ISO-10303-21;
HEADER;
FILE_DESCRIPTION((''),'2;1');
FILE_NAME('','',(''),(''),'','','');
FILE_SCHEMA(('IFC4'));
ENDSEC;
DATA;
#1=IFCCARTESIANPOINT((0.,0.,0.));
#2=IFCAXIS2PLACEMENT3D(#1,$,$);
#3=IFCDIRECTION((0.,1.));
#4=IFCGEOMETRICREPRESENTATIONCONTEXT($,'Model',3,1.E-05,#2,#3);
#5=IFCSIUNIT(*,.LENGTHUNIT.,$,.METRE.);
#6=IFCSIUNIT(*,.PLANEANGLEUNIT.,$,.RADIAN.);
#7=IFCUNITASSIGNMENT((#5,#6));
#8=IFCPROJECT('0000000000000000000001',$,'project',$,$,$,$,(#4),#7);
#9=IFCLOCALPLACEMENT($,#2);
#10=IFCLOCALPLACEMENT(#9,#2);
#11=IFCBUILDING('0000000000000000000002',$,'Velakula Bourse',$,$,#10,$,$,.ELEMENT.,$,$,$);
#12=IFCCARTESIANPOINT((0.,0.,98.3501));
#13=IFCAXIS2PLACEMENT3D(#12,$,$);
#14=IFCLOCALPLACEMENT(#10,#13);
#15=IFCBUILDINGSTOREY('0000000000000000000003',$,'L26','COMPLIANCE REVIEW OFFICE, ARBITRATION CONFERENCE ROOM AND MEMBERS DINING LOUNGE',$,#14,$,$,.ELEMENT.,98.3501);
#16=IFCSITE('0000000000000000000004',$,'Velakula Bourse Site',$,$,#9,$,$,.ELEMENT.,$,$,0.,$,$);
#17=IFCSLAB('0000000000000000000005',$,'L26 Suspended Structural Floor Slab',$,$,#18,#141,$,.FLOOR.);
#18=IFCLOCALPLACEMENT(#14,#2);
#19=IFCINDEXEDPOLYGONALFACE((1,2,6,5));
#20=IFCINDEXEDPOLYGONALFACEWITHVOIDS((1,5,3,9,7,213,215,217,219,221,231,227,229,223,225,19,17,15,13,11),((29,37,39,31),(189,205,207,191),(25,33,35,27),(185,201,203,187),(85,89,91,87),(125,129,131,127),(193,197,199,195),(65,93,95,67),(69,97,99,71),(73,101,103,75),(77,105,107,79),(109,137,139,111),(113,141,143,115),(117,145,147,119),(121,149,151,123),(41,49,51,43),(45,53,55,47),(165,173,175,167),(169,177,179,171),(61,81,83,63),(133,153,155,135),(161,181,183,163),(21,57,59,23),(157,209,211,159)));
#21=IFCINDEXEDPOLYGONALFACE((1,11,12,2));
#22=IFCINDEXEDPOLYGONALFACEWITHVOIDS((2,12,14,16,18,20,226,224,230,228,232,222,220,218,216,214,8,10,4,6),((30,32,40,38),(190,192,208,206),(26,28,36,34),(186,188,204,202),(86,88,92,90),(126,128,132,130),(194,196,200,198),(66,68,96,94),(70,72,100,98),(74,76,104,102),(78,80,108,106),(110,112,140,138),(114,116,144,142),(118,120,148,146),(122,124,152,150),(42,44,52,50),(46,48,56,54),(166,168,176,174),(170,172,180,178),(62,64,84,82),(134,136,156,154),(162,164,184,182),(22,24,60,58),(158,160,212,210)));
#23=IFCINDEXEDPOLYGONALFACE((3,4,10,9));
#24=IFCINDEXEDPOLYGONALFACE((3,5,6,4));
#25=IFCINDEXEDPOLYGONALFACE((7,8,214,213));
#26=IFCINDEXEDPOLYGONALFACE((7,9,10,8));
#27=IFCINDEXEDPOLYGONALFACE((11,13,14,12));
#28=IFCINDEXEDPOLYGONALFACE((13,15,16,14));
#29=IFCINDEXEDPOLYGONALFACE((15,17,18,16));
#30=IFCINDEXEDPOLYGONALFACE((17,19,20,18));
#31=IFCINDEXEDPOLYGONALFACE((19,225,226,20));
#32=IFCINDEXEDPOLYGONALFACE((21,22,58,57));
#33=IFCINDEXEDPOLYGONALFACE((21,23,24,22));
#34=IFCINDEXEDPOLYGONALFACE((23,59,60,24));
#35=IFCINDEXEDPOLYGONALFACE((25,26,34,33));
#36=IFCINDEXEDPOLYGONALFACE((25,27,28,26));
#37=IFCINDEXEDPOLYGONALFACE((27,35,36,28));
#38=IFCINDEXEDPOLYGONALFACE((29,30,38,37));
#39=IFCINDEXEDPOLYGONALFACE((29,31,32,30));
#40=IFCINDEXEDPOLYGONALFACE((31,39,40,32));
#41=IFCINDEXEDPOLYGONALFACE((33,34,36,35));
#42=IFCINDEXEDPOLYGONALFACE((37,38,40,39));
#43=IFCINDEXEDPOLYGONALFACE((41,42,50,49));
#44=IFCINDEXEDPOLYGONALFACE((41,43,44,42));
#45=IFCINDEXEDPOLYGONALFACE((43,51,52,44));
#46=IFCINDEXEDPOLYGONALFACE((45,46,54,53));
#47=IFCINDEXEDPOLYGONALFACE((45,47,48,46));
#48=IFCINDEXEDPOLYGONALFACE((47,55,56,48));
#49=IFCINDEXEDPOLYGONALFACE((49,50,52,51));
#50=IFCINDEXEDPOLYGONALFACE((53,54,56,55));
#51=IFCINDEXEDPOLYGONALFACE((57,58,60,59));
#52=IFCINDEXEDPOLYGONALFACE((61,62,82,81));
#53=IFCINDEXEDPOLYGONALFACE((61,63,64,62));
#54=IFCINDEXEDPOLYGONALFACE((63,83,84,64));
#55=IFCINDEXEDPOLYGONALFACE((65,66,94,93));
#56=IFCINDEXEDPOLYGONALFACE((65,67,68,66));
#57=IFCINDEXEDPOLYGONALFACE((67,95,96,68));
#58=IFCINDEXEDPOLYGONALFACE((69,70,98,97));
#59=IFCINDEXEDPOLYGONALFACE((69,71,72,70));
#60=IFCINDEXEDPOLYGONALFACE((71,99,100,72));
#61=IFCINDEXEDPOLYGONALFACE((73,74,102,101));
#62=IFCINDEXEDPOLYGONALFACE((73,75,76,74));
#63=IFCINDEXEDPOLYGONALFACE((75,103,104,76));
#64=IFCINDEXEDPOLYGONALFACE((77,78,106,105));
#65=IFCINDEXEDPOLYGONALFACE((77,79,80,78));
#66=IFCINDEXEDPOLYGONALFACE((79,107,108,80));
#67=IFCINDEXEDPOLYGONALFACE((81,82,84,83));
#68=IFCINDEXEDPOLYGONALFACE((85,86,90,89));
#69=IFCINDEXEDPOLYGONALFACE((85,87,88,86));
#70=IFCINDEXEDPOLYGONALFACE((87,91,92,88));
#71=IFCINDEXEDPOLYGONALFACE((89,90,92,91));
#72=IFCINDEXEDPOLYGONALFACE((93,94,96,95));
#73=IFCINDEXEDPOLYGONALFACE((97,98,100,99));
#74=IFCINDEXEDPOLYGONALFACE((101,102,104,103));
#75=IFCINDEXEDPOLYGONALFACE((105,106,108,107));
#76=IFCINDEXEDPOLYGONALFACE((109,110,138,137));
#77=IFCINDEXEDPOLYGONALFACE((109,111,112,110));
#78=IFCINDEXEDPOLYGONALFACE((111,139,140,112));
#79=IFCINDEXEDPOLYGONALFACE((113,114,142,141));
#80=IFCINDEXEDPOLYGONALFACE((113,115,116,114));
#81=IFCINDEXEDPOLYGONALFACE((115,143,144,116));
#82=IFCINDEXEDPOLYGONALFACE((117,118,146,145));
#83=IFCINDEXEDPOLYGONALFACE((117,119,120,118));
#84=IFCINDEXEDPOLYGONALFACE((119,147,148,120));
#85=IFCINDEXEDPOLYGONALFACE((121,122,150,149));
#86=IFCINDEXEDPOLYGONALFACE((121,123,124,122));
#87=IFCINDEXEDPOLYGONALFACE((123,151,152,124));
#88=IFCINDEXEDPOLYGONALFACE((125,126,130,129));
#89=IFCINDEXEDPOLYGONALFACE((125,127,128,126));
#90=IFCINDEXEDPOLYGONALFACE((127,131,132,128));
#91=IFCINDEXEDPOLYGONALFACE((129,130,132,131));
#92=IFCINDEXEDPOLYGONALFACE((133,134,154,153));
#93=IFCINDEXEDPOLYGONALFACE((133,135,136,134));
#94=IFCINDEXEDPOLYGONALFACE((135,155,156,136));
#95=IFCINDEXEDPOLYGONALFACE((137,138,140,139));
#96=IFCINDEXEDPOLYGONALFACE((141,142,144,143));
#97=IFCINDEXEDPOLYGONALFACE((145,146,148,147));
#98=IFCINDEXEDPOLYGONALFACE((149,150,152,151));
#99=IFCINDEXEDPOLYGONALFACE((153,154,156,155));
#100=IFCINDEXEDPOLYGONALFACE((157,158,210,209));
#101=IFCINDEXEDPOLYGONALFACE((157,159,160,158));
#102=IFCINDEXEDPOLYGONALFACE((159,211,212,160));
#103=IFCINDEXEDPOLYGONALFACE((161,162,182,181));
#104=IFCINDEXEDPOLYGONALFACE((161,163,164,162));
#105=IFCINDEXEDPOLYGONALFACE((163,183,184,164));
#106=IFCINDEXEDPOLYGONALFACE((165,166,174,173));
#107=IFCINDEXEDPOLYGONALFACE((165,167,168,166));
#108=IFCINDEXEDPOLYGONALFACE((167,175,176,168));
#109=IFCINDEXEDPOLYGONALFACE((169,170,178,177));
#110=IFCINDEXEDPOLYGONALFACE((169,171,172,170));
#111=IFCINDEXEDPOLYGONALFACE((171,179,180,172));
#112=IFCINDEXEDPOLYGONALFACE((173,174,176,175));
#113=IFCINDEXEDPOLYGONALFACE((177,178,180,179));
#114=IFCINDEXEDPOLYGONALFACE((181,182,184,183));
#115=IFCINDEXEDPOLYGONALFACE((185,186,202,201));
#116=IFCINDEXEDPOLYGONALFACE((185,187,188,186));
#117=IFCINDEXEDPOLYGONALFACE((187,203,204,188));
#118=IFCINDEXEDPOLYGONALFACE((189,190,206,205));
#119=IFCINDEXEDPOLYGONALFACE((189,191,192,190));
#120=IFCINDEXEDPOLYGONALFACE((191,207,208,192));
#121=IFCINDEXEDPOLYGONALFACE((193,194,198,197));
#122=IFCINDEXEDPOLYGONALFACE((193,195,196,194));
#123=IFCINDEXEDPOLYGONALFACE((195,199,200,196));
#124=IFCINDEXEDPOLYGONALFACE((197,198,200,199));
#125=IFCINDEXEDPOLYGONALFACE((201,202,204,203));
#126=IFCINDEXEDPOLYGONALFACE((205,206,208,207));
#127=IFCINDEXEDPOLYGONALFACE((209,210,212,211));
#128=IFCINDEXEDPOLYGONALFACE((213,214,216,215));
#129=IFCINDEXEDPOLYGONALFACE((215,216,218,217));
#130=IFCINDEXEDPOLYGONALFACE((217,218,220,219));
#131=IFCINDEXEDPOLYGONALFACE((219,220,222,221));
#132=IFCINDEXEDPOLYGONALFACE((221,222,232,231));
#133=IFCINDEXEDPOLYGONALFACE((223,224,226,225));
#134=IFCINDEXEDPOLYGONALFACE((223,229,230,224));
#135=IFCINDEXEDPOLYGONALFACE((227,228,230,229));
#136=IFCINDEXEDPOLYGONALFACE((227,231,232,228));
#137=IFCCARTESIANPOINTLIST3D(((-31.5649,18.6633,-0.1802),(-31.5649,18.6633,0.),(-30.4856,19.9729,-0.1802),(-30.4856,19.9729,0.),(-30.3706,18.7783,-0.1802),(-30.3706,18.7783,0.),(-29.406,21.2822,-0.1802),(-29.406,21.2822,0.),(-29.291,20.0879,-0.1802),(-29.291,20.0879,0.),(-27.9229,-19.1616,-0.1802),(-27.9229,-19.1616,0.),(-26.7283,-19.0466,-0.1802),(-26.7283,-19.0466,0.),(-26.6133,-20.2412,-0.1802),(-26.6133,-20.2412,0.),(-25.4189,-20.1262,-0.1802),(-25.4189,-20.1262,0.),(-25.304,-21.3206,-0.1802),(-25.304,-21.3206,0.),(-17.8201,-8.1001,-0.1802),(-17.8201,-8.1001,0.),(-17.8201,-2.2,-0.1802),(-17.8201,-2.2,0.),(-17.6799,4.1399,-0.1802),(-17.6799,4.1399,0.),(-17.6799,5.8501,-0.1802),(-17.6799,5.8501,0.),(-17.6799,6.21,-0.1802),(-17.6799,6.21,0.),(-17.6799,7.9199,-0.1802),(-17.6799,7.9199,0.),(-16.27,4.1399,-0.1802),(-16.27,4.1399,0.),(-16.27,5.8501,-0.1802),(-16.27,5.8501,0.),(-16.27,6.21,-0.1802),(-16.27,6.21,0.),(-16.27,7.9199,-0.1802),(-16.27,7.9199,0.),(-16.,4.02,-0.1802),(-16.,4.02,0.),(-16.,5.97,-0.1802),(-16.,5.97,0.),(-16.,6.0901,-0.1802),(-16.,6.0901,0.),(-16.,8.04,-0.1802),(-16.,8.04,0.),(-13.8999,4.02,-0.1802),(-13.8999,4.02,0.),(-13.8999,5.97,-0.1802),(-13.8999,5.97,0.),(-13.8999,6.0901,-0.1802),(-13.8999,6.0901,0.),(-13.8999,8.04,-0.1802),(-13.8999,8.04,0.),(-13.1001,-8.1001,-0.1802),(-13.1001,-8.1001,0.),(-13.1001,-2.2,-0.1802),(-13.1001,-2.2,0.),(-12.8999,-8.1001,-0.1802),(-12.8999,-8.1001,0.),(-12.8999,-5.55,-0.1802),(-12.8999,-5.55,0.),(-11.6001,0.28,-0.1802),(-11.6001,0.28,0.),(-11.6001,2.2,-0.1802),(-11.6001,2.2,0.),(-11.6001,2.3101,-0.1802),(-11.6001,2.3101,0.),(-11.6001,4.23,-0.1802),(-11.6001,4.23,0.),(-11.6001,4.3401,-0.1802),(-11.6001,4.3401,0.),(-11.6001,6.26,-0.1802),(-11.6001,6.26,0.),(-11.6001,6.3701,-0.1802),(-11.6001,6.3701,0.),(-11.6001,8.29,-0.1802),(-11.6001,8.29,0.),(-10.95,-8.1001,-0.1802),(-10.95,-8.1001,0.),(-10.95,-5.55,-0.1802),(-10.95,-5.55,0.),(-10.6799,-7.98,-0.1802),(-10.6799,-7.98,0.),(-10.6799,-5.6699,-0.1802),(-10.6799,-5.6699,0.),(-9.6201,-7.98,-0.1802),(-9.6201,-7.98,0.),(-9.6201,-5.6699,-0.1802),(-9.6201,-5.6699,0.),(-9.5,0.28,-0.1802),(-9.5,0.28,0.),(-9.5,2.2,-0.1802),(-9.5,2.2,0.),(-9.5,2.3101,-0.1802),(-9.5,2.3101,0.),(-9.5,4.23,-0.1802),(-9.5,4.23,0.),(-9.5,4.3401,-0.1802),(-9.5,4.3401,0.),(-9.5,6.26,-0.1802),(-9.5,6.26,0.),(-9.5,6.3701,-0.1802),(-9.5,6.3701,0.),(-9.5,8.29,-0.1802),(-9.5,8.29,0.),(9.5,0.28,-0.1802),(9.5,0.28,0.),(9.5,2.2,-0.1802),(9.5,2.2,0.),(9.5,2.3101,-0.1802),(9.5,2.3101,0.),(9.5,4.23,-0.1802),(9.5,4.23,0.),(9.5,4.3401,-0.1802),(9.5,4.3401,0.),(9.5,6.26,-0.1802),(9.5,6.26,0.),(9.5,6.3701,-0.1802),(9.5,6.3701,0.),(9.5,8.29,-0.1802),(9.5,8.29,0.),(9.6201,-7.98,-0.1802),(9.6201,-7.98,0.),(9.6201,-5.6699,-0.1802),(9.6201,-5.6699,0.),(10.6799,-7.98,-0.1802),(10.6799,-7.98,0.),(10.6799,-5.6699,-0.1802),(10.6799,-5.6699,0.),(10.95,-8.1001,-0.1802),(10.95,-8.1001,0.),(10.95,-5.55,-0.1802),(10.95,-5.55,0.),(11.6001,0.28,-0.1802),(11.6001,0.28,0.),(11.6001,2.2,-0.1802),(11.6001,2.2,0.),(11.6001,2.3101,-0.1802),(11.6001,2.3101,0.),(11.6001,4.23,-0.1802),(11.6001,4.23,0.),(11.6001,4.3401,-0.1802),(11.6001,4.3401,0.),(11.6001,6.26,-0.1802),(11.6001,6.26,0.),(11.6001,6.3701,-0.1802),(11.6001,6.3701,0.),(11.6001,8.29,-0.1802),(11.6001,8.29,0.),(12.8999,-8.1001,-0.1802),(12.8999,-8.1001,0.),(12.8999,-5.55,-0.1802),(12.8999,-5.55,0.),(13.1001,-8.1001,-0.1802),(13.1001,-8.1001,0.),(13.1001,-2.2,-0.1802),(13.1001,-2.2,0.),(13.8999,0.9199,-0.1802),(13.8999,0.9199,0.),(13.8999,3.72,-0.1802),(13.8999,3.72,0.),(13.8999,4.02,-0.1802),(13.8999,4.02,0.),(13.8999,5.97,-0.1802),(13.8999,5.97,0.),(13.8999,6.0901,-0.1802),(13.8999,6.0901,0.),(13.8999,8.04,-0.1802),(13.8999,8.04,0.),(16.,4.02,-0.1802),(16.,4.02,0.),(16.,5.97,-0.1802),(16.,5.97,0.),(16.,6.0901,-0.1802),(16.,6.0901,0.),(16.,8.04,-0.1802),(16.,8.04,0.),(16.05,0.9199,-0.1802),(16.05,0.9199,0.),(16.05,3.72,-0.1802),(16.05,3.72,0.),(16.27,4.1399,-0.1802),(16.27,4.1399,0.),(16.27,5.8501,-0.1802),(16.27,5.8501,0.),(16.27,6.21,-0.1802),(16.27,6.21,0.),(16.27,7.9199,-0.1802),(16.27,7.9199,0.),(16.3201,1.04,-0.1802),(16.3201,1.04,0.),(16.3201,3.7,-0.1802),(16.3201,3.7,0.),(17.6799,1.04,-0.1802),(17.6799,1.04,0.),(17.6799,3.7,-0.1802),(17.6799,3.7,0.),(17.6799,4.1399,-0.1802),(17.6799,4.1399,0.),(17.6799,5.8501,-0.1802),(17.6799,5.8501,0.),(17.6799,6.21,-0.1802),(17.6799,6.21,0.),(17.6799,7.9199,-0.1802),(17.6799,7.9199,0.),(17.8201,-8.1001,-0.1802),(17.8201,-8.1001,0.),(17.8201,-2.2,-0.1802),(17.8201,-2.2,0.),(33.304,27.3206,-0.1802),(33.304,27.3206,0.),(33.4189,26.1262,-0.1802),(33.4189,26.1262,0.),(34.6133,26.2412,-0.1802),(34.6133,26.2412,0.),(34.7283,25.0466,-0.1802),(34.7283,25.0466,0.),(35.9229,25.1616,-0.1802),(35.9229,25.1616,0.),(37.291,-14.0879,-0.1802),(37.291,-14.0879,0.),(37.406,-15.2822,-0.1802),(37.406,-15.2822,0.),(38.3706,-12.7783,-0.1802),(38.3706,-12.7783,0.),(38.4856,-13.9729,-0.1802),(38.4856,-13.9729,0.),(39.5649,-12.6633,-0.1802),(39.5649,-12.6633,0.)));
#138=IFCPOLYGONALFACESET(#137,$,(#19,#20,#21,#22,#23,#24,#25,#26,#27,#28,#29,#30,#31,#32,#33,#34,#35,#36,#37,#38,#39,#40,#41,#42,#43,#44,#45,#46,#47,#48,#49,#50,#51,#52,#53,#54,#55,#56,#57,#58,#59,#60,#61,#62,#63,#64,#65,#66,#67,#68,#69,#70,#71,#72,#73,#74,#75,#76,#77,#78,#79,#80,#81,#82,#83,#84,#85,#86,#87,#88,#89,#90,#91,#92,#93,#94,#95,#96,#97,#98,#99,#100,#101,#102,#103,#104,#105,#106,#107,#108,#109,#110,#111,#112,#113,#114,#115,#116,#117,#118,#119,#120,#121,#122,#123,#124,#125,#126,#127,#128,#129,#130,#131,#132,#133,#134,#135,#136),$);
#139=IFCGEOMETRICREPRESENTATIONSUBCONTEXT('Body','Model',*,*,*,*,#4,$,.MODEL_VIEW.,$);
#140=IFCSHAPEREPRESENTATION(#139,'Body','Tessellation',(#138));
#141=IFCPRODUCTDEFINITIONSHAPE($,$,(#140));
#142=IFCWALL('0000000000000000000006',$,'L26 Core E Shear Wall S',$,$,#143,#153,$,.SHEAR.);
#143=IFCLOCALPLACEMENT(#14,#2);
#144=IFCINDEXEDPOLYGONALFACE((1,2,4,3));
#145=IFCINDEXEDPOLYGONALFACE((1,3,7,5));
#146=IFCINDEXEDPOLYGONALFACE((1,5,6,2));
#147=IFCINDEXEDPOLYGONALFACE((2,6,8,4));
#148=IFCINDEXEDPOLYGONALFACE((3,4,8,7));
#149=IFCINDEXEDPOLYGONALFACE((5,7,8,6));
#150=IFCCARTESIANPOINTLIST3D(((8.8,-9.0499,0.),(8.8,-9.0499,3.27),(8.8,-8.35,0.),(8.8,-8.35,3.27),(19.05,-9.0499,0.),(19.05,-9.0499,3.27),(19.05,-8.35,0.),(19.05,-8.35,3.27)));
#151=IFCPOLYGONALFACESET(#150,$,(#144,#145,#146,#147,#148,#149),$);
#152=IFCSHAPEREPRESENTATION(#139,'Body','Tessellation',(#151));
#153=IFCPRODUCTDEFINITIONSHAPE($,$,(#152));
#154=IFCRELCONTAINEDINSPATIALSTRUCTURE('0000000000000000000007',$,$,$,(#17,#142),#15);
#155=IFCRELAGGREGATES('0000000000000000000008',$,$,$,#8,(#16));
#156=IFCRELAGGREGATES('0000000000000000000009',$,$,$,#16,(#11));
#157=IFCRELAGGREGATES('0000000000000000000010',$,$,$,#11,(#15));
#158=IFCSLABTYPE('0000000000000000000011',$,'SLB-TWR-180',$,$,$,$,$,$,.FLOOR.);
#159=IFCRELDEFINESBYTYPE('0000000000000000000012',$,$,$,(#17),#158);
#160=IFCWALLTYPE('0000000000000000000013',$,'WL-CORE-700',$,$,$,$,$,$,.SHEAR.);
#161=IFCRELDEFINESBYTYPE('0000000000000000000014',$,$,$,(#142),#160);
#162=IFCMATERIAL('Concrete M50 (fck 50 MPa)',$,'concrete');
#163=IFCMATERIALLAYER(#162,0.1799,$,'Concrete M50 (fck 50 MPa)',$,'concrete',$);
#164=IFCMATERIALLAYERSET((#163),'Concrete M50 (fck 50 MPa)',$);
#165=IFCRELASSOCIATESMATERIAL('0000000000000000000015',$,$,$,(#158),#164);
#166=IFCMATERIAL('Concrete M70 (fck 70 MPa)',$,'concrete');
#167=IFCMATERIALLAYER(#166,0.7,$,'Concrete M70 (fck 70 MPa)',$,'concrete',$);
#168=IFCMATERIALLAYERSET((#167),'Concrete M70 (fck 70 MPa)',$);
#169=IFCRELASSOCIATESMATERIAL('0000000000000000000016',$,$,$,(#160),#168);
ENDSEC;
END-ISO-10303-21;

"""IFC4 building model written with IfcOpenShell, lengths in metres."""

from ifc_helpers import new_model, si_unit, direction, frame, frame_2d, origin, place, context, subcontext, project, spatial, polyline, rectangle, outline, extrude, material, layer, layer_set, type_object, element, save


model = new_model("IFC4")

# Units and contexts
model_context = context("Model", 3, precision=1e-05, world=origin(), true_north=direction((0.0, 1.0)))
body_context = subcontext(model_context, "Body", "Model", "MODEL_VIEW")
ifc_project = project(units=[si_unit("LENGTHUNIT", "METRE"), si_unit("PLANEANGLEUNIT", "RADIAN")], contexts=[model_context])

# Site, building, storey
site_placement = place(None, origin())
site = spatial("IfcSite", under=ifc_project, at=site_placement, Name="Velakula Bourse Site", CompositionType="ELEMENT", RefElevation=0.0)
building_placement = place(site_placement, origin())
building = spatial("IfcBuilding", under=site, at=building_placement, Name="Velakula Bourse", CompositionType="ELEMENT")
storey_placement = place(building_placement, frame((0.0, 0.0, 98.3501)))
storey = spatial("IfcBuildingStorey", under=building, at=storey_placement, Name="L26", Description="COMPLIANCE REVIEW OFFICE, ARBITRATION CONFERENCE ROOM AND MEMBERS DINING LOUNGE", CompositionType="ELEMENT", Elevation=98.3501)

# Shared definitions
ifc_material_1 = material(Name="Concrete M70 (fck 70 MPa)", Category="concrete")

# Slab
ifc_material_2 = material(Name="Concrete M50 (fck 50 MPa)", Category="concrete")
ifc_layer_1 = layer(ifc_material_2, 0.1799, Name="Concrete M50 (fck 50 MPa)", Category="concrete")
ifc_layer_set_1 = layer_set([ifc_layer_1], Name="Concrete M50 (fck 50 MPa)")
slab_type_1 = type_object("IfcSlabType", Name="SLB-TWR-180", PredefinedType="FLOOR", material=ifc_layer_set_1)
slab_1_placement = place(storey_placement, frame((0.0, 0.0, -0.1802)))
element("IfcSlab", 1, at=slab_1_placement, inside=storey, type_object=slab_type_1, Name="L26 Suspended Structural Floor Slab", PredefinedType="FLOOR", context=body_context, shape_type="SweptSolid", body=[
    extrude(outline(polyline([(-25.304, -21.3206), (37.406, -15.2822), (37.291, -14.0879), (38.4856, -13.9729), (38.3706, -12.7783), (39.5649, -12.6633), (35.9229, 25.1616), (34.7283, 25.0466), (34.6133, 26.2412), (33.4189, 26.1262), (33.304, 27.3206), (-29.406, 21.2822), (-29.291, 20.0879), (-30.4856, 19.9729), (-30.3706, 18.7783), (-31.5649, 18.6633), (-27.9229, -19.1616), (-26.7283, -19.0466), (-26.6133, -20.2412), (-25.4189, -20.1262), (-25.304, -21.3206)]), holes=[polyline([(-17.8201, -8.1001), (-13.1001, -8.1001), (-13.1001, -2.2), (-17.8201, -2.2), (-17.8201, -8.1001)]), polyline([(13.1001, -8.1001), (17.8201, -8.1001), (17.8201, -2.2), (13.1001, -2.2), (13.1001, -8.1001)]), polyline([(-12.8999, -8.1001), (-10.95, -8.1001), (-10.95, -5.55), (-12.8999, -5.55), (-12.8999, -8.1001)]), polyline([(10.95, -8.1001), (12.8999, -8.1001), (12.8999, -5.55), (10.95, -5.55), (10.95, -8.1001)]), polyline([(13.8999, 0.9199), (16.05, 0.9199), (16.05, 3.72), (13.8999, 3.72), (13.8999, 0.9199)]), polyline([(-10.6799, -7.98), (-9.6201, -7.98), (-9.6201, -5.6699), (-10.6799, -5.6699), (-10.6799, -7.98)]), polyline([(-17.6799, 4.1399), (-16.27, 4.1399), (-16.27, 5.8501), (-17.6799, 5.8501), (-17.6799, 4.1399)]), polyline([(-17.6799, 6.21), (-16.27, 6.21), (-16.27, 7.9199), (-17.6799, 7.9199), (-17.6799, 6.21)]), polyline([(9.6201, -7.98), (10.6799, -7.98), (10.6799, -5.6699), (9.6201, -5.6699), (9.6201, -7.98)]), polyline([(16.27, 4.1399), (17.6799, 4.1399), (17.6799, 5.8501), (16.27, 5.8501), (16.27, 4.1399)]), polyline([(16.27, 6.21), (17.6799, 6.21), (17.6799, 7.9199), (16.27, 7.9199), (16.27, 6.21)]), polyline([(16.3201, 1.04), (17.6799, 1.04), (17.6799, 3.7), (16.3201, 3.7), (16.3201, 1.04)]), polyline([(-11.6001, 0.28), (-9.5, 0.28), (-9.5, 2.2), (-11.6001, 2.2), (-11.6001, 0.28)]), polyline([(-11.6001, 2.3101), (-9.5, 2.3101), (-9.5, 4.23), (-11.6001, 4.23), (-11.6001, 2.3101)]), polyline([(-11.6001, 4.3401), (-9.5, 4.3401), (-9.5, 6.26), (-11.6001, 6.26), (-11.6001, 4.3401)]), polyline([(-11.6001, 6.3701), (-9.5, 6.3701), (-9.5, 8.29), (-11.6001, 8.29), (-11.6001, 6.3701)]), polyline([(9.5, 0.28), (11.6001, 0.28), (11.6001, 2.2), (9.5, 2.2), (9.5, 0.28)]), polyline([(9.5, 2.3101), (11.6001, 2.3101), (11.6001, 4.23), (9.5, 4.23), (9.5, 2.3101)]), polyline([(9.5, 4.3401), (11.6001, 4.3401), (11.6001, 6.26), (9.5, 6.26), (9.5, 4.3401)]), polyline([(9.5, 6.3701), (11.6001, 6.3701), (11.6001, 8.29), (9.5, 8.29), (9.5, 6.3701)]), polyline([(-16.0, 4.02), (-13.8999, 4.02), (-13.8999, 5.97), (-16.0, 5.97), (-16.0, 4.02)]), polyline([(-16.0, 6.0901), (-13.8999, 6.0901), (-13.8999, 8.04), (-16.0, 8.04), (-16.0, 6.0901)]), polyline([(13.8999, 4.02), (16.0, 4.02), (16.0, 5.97), (13.8999, 5.97), (13.8999, 4.02)]), polyline([(13.8999, 6.0901), (16.0, 6.0901), (16.0, 8.04), (13.8999, 8.04), (13.8999, 6.0901)])]), origin(), (0.0, 0.0, 1.0), 0.1802),
])

# Wall
ifc_layer_2 = layer(ifc_material_1, 0.7, Name="Concrete M70 (fck 70 MPa)", Category="concrete")
ifc_layer_set_2 = layer_set([ifc_layer_2], Name="Concrete M70 (fck 70 MPa)")
wall_type_1 = type_object("IfcWallType", Name="WL-CORE-700", PredefinedType="SHEAR", material=ifc_layer_set_2)
wall_1_placement = place(storey_placement, frame((8.8, -8.7, 0.0), z_axis=(0.0, 0.0, 1.0), x_axis=(1.0, 0.0, 0.0)))
element("IfcWall", 2, at=wall_1_placement, inside=storey, type_object=wall_type_1, Name="L26 Core E Shear Wall S", PredefinedType="SHEAR", context=body_context, shape_type="SweptSolid", body=[
    extrude(rectangle(XDim=10.25, YDim=0.7, at=frame_2d((5.125, 0.0))), origin(), (0.0, 0.0, 1.0), 3.27),
])

save(model, "model.ifc")
